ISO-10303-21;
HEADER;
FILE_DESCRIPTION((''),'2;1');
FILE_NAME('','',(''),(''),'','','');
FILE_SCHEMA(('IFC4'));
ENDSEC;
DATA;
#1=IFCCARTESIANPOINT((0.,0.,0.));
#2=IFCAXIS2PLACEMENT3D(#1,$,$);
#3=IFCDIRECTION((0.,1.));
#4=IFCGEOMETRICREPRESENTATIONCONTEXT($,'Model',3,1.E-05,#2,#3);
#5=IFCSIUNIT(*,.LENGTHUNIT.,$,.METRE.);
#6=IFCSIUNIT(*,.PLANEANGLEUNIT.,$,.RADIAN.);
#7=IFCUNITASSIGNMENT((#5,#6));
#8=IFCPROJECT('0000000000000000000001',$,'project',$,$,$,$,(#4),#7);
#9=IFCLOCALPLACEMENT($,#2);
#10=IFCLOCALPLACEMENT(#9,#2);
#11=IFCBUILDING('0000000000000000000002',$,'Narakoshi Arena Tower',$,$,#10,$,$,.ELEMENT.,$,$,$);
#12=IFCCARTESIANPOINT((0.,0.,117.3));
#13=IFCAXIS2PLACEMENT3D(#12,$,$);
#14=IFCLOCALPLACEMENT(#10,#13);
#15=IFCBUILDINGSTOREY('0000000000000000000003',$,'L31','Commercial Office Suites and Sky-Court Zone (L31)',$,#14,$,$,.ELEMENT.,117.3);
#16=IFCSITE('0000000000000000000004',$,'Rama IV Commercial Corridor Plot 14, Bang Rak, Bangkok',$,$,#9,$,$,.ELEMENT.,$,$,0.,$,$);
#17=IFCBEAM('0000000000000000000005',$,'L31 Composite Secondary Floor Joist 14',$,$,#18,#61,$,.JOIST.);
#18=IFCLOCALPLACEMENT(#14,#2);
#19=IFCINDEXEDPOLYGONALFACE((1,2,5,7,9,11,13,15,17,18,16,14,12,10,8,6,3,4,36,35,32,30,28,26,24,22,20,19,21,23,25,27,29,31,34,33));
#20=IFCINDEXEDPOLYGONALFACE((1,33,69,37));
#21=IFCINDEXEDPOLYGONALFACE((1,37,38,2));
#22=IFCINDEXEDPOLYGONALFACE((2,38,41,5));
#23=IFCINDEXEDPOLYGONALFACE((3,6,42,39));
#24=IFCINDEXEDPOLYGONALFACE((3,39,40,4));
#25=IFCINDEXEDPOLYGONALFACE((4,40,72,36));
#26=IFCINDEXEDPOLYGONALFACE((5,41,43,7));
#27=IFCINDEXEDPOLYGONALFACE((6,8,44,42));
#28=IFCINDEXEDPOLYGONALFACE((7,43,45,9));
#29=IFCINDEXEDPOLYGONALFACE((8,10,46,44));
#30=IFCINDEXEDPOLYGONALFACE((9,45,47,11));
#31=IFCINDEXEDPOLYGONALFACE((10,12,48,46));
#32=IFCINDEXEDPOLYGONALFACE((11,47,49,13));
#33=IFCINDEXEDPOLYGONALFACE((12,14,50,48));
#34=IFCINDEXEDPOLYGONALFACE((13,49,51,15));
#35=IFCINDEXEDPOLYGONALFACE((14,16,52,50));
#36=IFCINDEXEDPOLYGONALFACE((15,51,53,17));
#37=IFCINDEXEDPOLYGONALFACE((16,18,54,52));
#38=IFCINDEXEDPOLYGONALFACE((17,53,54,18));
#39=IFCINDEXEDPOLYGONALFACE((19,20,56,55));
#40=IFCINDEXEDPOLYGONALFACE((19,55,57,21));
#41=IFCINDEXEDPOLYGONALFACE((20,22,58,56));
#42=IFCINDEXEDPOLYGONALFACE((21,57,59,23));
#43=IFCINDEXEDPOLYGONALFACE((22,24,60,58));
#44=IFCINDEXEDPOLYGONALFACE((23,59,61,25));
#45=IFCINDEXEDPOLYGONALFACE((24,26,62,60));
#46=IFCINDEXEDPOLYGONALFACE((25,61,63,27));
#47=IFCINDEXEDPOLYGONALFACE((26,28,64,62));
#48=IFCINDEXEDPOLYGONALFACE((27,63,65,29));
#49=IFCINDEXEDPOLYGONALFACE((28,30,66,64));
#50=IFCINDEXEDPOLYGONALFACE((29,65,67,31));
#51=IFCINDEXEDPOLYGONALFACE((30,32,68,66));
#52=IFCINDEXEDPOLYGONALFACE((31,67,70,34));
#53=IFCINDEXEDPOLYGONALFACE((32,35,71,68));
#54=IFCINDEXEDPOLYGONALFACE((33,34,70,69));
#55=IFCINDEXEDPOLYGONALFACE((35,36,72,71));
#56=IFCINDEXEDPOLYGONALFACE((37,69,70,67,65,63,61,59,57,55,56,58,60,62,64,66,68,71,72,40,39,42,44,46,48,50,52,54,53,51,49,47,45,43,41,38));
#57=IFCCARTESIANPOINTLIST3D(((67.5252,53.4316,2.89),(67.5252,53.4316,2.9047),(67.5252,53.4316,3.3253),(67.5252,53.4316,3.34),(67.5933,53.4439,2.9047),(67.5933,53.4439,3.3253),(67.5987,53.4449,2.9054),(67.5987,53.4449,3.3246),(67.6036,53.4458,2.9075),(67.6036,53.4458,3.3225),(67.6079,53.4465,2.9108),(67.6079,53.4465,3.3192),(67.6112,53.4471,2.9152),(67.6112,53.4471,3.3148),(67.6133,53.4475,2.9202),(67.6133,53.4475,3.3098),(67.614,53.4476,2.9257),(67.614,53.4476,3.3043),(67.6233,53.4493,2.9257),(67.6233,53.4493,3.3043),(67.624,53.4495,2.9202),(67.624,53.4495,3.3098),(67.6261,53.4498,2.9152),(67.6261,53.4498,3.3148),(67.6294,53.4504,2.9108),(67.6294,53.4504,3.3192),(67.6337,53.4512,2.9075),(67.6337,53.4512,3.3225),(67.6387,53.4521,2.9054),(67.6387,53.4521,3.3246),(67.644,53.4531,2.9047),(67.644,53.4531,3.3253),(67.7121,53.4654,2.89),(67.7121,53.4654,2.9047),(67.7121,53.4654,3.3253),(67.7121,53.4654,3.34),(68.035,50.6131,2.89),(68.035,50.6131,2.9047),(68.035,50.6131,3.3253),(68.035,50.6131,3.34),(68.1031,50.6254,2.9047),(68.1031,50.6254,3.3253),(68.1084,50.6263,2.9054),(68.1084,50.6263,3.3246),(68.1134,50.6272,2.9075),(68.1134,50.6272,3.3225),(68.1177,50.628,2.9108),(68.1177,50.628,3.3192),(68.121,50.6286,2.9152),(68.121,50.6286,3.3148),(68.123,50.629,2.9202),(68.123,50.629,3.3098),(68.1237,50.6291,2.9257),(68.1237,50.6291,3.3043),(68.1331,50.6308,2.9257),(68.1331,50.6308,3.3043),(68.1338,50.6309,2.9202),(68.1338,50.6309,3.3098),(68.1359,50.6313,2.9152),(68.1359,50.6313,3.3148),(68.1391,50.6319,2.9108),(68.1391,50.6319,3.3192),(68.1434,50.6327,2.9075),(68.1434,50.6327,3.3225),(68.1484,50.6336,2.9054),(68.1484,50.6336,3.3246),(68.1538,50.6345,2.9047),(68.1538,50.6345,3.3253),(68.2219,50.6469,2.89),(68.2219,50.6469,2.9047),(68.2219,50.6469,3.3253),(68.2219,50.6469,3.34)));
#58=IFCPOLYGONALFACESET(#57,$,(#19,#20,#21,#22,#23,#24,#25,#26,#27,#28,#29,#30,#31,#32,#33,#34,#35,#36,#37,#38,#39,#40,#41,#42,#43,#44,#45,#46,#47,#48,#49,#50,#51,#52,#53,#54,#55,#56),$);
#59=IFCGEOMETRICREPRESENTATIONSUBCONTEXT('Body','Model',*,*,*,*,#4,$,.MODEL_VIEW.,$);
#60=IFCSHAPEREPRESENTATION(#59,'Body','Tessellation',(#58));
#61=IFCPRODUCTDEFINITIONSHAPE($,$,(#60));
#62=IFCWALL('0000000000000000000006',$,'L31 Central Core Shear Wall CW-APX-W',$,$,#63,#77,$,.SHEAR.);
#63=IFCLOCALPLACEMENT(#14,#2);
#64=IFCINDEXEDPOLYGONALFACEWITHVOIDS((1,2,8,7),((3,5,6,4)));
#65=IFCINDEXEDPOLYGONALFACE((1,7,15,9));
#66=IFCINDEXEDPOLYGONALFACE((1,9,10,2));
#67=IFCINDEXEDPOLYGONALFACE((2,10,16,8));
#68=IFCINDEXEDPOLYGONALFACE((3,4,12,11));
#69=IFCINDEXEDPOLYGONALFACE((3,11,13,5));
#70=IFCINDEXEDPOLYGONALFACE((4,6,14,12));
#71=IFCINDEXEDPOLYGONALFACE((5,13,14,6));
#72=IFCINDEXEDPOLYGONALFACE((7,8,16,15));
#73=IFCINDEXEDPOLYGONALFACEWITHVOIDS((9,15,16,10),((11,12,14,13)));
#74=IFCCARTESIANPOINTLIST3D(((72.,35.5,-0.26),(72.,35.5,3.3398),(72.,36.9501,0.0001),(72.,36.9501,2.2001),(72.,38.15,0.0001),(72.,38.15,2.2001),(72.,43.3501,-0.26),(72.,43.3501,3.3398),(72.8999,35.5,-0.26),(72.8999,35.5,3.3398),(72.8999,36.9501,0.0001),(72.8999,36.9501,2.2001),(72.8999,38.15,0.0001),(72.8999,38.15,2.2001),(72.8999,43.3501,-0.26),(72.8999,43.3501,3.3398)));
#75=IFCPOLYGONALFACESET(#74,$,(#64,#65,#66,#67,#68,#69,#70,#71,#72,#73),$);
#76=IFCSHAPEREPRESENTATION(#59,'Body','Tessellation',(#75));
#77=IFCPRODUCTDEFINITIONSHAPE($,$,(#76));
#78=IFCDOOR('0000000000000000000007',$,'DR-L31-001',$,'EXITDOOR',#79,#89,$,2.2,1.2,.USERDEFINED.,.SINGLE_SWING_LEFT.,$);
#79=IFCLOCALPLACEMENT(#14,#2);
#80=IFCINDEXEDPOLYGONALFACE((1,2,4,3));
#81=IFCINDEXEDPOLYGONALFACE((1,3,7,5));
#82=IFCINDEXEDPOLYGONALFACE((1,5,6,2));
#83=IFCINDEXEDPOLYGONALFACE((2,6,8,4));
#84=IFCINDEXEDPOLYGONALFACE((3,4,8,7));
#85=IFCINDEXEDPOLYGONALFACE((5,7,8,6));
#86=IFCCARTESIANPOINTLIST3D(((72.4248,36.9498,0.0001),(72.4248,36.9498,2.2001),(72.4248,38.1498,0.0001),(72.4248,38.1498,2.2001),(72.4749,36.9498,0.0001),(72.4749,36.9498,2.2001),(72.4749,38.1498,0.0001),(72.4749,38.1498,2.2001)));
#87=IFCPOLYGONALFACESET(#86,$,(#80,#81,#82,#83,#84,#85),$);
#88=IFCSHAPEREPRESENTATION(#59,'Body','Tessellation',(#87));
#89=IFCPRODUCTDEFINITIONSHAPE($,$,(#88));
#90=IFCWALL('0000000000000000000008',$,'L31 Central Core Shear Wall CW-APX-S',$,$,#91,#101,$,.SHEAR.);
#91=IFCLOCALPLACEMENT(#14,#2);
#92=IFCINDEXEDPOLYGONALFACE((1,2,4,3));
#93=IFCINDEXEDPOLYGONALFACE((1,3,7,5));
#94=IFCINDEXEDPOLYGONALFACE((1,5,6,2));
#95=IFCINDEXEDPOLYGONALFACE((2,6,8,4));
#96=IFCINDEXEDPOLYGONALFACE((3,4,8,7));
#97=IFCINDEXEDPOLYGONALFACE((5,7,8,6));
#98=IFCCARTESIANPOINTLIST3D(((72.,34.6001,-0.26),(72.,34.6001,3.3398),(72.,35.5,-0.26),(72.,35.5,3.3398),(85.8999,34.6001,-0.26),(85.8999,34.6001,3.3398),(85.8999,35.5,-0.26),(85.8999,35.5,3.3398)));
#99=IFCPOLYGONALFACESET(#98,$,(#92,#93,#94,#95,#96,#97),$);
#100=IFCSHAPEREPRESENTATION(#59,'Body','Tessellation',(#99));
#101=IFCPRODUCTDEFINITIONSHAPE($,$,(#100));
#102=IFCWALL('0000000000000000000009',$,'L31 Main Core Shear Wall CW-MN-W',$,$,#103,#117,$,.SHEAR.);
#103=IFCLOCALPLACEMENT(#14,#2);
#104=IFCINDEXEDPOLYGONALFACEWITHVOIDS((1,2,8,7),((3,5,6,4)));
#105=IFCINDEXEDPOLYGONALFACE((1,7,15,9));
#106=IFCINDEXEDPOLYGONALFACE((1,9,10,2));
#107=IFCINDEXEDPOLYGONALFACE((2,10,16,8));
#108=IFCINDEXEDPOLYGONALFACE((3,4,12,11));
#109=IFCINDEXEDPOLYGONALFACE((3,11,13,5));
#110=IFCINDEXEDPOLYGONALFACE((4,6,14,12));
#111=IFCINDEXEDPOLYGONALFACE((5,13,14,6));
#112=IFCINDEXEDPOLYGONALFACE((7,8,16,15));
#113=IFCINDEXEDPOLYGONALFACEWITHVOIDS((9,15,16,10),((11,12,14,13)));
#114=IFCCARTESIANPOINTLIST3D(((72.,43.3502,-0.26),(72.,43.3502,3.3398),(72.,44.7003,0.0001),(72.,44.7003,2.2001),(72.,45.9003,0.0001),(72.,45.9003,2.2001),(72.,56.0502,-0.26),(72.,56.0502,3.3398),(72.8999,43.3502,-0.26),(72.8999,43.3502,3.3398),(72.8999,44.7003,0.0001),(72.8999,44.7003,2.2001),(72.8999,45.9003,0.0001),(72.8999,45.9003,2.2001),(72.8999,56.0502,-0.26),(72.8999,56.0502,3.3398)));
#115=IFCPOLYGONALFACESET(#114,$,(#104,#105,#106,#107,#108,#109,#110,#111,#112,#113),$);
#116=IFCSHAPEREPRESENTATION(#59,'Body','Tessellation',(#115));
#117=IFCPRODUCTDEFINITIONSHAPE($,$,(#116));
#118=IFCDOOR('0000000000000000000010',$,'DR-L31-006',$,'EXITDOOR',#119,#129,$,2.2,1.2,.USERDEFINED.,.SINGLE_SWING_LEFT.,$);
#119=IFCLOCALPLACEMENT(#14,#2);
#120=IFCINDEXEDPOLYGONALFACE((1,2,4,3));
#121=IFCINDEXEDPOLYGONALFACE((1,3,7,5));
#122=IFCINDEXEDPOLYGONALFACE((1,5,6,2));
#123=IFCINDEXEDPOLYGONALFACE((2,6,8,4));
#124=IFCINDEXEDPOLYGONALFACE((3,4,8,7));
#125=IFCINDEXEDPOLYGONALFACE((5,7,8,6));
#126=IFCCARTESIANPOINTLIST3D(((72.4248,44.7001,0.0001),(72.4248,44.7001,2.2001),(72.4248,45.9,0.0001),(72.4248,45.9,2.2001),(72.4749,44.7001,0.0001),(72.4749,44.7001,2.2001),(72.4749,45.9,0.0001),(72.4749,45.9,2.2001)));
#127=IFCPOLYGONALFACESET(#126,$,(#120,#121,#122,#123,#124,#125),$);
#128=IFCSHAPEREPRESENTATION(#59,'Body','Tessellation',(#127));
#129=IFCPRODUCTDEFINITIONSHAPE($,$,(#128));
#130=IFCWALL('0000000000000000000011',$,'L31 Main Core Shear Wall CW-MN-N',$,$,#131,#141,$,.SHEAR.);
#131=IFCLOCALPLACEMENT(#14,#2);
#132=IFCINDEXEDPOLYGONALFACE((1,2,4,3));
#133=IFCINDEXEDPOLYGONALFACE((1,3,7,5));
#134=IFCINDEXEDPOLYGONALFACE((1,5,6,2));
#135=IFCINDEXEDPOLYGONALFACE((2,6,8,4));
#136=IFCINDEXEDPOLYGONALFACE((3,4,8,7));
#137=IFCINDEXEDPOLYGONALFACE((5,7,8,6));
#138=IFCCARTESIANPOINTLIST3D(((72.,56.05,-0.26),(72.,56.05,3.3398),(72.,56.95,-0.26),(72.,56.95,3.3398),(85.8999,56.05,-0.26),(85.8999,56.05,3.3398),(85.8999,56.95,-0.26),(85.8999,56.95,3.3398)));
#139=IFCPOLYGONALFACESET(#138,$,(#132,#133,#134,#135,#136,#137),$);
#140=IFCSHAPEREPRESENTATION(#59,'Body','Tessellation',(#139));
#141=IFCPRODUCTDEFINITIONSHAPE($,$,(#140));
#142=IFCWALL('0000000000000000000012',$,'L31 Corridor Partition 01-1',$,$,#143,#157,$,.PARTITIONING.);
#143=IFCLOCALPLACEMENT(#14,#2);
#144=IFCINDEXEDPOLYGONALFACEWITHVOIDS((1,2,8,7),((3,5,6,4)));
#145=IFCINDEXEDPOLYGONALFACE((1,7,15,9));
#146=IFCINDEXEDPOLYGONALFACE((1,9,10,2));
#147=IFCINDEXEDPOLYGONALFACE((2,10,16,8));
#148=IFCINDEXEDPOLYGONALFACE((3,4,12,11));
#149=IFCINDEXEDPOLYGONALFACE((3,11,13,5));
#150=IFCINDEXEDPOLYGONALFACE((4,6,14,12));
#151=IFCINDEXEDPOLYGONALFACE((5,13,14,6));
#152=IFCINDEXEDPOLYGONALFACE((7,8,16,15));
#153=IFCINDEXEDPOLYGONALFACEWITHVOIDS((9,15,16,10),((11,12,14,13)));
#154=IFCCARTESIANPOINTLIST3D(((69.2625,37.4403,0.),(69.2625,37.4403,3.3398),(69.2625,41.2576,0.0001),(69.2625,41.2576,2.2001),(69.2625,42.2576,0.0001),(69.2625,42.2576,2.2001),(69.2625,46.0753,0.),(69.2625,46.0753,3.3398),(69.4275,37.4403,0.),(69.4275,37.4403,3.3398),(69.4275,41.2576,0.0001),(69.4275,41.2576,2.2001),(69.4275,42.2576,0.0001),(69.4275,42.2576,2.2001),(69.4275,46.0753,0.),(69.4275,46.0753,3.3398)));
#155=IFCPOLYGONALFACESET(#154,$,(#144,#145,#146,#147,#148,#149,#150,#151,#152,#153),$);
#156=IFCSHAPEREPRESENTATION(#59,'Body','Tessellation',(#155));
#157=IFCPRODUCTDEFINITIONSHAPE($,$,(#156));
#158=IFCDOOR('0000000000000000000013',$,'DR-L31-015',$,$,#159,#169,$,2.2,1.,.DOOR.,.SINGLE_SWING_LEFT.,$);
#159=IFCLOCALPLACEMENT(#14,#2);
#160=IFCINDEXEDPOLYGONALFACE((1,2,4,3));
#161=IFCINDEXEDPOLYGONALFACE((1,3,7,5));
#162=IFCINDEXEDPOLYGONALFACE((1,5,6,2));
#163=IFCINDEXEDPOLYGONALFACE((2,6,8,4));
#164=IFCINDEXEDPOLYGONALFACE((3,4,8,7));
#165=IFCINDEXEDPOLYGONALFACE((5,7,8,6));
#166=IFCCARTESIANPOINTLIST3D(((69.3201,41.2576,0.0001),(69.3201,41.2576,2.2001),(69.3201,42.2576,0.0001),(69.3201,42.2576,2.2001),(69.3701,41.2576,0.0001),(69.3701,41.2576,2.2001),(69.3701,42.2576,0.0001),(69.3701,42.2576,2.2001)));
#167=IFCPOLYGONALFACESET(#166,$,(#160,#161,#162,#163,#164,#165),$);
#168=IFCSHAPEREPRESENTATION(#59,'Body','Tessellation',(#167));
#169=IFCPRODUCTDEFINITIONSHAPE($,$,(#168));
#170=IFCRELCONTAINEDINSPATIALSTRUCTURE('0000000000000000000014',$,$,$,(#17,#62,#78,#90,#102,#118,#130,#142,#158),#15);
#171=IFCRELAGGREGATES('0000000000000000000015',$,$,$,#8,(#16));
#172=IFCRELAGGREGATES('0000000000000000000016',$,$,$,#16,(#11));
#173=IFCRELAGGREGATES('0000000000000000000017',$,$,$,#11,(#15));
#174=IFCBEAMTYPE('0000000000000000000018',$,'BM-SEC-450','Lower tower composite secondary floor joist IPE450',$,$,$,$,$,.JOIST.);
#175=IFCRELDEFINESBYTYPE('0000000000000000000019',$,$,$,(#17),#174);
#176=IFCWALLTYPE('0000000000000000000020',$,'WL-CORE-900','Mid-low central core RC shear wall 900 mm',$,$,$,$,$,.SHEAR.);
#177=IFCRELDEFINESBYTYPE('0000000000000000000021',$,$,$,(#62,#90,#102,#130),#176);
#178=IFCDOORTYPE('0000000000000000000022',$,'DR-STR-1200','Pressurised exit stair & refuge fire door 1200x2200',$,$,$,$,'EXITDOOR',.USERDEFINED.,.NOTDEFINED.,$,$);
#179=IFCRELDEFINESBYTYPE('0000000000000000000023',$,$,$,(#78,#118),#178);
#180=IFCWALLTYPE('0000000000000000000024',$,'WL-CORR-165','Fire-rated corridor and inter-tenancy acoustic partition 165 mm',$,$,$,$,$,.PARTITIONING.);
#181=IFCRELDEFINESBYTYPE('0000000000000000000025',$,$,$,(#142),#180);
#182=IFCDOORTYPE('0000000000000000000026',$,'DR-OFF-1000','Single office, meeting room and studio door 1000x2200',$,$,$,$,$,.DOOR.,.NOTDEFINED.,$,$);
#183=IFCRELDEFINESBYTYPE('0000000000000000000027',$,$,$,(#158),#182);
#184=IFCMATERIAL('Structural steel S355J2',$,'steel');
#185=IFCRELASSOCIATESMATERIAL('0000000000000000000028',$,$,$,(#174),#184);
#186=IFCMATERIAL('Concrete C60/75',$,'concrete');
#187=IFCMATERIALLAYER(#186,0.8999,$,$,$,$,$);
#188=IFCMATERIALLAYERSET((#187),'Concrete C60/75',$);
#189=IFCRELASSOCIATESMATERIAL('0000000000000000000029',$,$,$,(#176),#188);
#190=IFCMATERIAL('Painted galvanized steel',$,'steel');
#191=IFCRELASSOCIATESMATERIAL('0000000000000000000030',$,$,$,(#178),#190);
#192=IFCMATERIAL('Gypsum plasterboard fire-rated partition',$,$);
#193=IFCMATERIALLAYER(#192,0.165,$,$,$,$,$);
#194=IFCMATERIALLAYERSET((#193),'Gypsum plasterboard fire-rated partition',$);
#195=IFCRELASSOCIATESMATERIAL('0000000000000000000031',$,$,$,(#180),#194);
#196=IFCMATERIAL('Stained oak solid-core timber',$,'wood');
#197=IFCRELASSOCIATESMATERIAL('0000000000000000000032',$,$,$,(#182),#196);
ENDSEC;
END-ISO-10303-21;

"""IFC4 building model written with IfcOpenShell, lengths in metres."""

from ifc_helpers import new_model, si_unit, direction, frame, frame_2d, origin, origin_2d, place, context, subcontext, project, spatial, rectangle, i_section, extrude, material, layer, layer_set, material_profile, profile_set, type_object, element, fill, save


model = new_model("IFC4")

# Units and contexts
model_context = context("Model", 3, precision=1e-05, world=origin(), true_north=direction((0.0, 1.0)))
body_context = subcontext(model_context, "Body", "Model", "MODEL_VIEW")
ifc_project = project(units=[si_unit("LENGTHUNIT", "METRE"), si_unit("PLANEANGLEUNIT", "RADIAN")], contexts=[model_context])

# Site, building, storey
site_placement = place(None, origin())
site = spatial("IfcSite", under=ifc_project, at=site_placement, Name="Rama IV Commercial Corridor Plot 14, Bang Rak, Bangkok", CompositionType="ELEMENT", RefElevation=0.0)
building_placement = place(site_placement, origin())
building = spatial("IfcBuilding", under=site, at=building_placement, Name="Narakoshi Arena Tower", CompositionType="ELEMENT")
storey_placement = place(building_placement, frame((0.0, 0.0, 117.3)))
storey = spatial("IfcBuildingStorey", under=building, at=storey_placement, Name="L31", Description="Commercial Office Suites and Sky-Court Zone (L31)", CompositionType="ELEMENT", Elevation=117.3)

# Shared definitions
ifc_material_1 = material(Name="Concrete C60/75", Category="concrete")

# Beam
ifc_material_2 = material(Name="Structural steel S355J2", Category="steel")
ifc_material_profile_1 = material_profile(ifc_material_2, i_section(OverallWidth=0.1899, OverallDepth=0.45, WebThickness=0.0095, FlangeThickness=0.0146, FilletRadius=0.021, at=origin_2d()), Name="IPE450")
ifc_profile_set_1 = profile_set([ifc_material_profile_1], Name="Structural steel S355J2")
beam_type_1 = type_object("IfcBeamType", Name="BM-SEC-450", Description="Lower tower composite secondary floor joist IPE450", PredefinedType="JOIST", material=ifc_profile_set_1)
beam_1_placement = place(storey_placement, frame((67.6187, 53.4485, 3.115), z_axis=(0.17797, -0.984036, 0.0), x_axis=(0.984036, 0.17797, 0.0)))
element("IfcBeam", 1, at=beam_1_placement, inside=storey, type_object=beam_type_1, Name="L31 Composite Secondary Floor Joist 14", PredefinedType="JOIST", context=body_context, shape_type="SweptSolid", body=[
    extrude(i_section(OverallWidth=0.1899, OverallDepth=0.45, WebThickness=0.0095, FlangeThickness=0.0146, FilletRadius=0.021, at=origin_2d()), origin(), (0.0, 0.0, 1.0), 2.8643),
])

# Wall, opening, door
ifc_layer_1 = layer(ifc_material_1, 0.8999)
ifc_layer_set_1 = layer_set([ifc_layer_1], Name="Concrete C60/75")
wall_type_1 = type_object("IfcWallType", Name="WL-CORE-900", Description="Mid-low central core RC shear wall 900 mm", PredefinedType="SHEAR", material=ifc_layer_set_1)
wall_1_placement = place(storey_placement, frame((72.45, 35.5, -0.26), z_axis=(0.0, 0.0, 1.0), x_axis=(0.0, 1.0, 0.0)))
wall_1 = element("IfcWall", 2, at=wall_1_placement, inside=storey, type_object=wall_type_1, Name="L31 Central Core Shear Wall CW-APX-W", PredefinedType="SHEAR", context=body_context, shape_type="SweptSolid", body=[
    extrude(rectangle(XDim=7.8501, YDim=0.8999, at=frame_2d((3.925, 0.0))), origin(), (0.0, 0.0, 1.0), 3.5999),
])
opening_1_placement = place(wall_1_placement, frame((1.45, 0.0, 0.26)))
opening_1 = element("IfcOpeningElement", 3, at=opening_1_placement, cuts=wall_1, PredefinedType="OPENING", context=body_context, shape_type="SweptSolid", body=[
    extrude(rectangle(XDim=1.2, YDim=2.2, at=frame_2d((0.6001, 1.1001))), frame((0.0, 0.46, 0.0), z_axis=(0.0, -1.0, 0.0), x_axis=(1.0, 0.0, 0.0)), (0.0, 0.0, 1.0), 0.9199),
])
ifc_material_3 = material(Name="Painted galvanized steel", Category="steel")
door_type_1 = type_object("IfcDoorType", Name="DR-STR-1200", Description="Pressurised exit stair & refuge fire door 1200x2200", ElementType="EXITDOOR", OperationType="NOTDEFINED", PredefinedType="USERDEFINED", material=ifc_material_3)
door_1_placement = place(opening_1_placement, frame((1.2, 0.0, 0.0), z_axis=(0.0, 0.0, 1.0), x_axis=(-1.0, 0.0, 0.0)))
door_1 = element("IfcDoor", 4, at=door_1_placement, inside=storey, type_object=door_type_1, Name="DR-L31-001", ObjectType="EXITDOOR", OperationType="SINGLE_SWING_LEFT", OverallHeight=2.2, OverallWidth=1.2, PredefinedType="USERDEFINED", context=body_context, shape_type="SweptSolid", body=[
    extrude(rectangle(XDim=1.2, YDim=2.2, at=frame_2d((0.6001, 1.1001))), frame((0.0, 0.0249, 0.0), z_axis=(0.0, -1.0, 0.0), x_axis=(1.0, 0.0, 0.0)), (0.0, 0.0, 1.0), 0.05),
])
fill(opening_1, door_1)

# Wall
wall_2_placement = place(storey_placement, frame((72.0, 35.05, -0.26), z_axis=(0.0, 0.0, 1.0), x_axis=(1.0, 0.0, 0.0)))
element("IfcWall", 5, at=wall_2_placement, inside=storey, type_object=wall_type_1, Name="L31 Central Core Shear Wall CW-APX-S", PredefinedType="SHEAR", context=body_context, shape_type="SweptSolid", body=[
    extrude(rectangle(XDim=13.8999, YDim=0.8999, at=frame_2d((6.95, 0.0))), origin(), (0.0, 0.0, 1.0), 3.5999),
])

# Wall, opening, door
wall_3_placement = place(storey_placement, frame((72.45, 43.3501, -0.26), z_axis=(0.0, 0.0, 1.0), x_axis=(0.0, 1.0, 0.0)))
wall_3 = element("IfcWall", 6, at=wall_3_placement, inside=storey, type_object=wall_type_1, Name="L31 Main Core Shear Wall CW-MN-W", PredefinedType="SHEAR", context=body_context, shape_type="SweptSolid", body=[
    extrude(rectangle(XDim=12.7, YDim=0.8999, at=frame_2d((6.3501, 0.0))), origin(), (0.0, 0.0, 1.0), 3.5999),
])
opening_2_placement = place(wall_3_placement, frame((1.3501, 0.0, 0.26)))
opening_2 = element("IfcOpeningElement", 7, at=opening_2_placement, cuts=wall_3, PredefinedType="OPENING", context=body_context, shape_type="SweptSolid", body=[
    extrude(rectangle(XDim=1.2, YDim=2.2, at=frame_2d((0.6001, 1.1001))), frame((0.0, 0.46, 0.0), z_axis=(0.0, -1.0, 0.0), x_axis=(1.0, 0.0, 0.0)), (0.0, 0.0, 1.0), 0.9199),
])
door_2_placement = place(opening_2_placement, frame((1.2, 0.0, 0.0), z_axis=(0.0, 0.0, 1.0), x_axis=(-1.0, 0.0, 0.0)))
door_2 = element("IfcDoor", 8, at=door_2_placement, inside=storey, type_object=door_type_1, Name="DR-L31-006", ObjectType="EXITDOOR", OperationType="SINGLE_SWING_LEFT", OverallHeight=2.2, OverallWidth=1.2, PredefinedType="USERDEFINED", context=body_context, shape_type="SweptSolid", body=[
    extrude(rectangle(XDim=1.2, YDim=2.2, at=frame_2d((0.6001, 1.1001))), frame((0.0, 0.0249, 0.0), z_axis=(0.0, -1.0, 0.0), x_axis=(1.0, 0.0, 0.0)), (0.0, 0.0, 1.0), 0.05),
])
fill(opening_2, door_2)

# Wall
wall_4_placement = place(storey_placement, frame((72.0, 56.5, -0.26), z_axis=(0.0, 0.0, 1.0), x_axis=(1.0, 0.0, 0.0)))
element("IfcWall", 9, at=wall_4_placement, inside=storey, type_object=wall_type_1, Name="L31 Main Core Shear Wall CW-MN-N", PredefinedType="SHEAR", context=body_context, shape_type="SweptSolid", body=[
    extrude(rectangle(XDim=13.8999, YDim=0.8999, at=frame_2d((6.95, 0.0))), origin(), (0.0, 0.0, 1.0), 3.5999),
])

# Wall, opening, door
ifc_material_4 = material(Name="Gypsum plasterboard fire-rated partition")
ifc_layer_2 = layer(ifc_material_4, 0.165)
ifc_layer_set_2 = layer_set([ifc_layer_2], Name="Gypsum plasterboard fire-rated partition")
wall_type_2 = type_object("IfcWallType", Name="WL-CORR-165", Description="Fire-rated corridor and inter-tenancy acoustic partition 165 mm", PredefinedType="PARTITIONING", material=ifc_layer_set_2)
wall_5_placement = place(storey_placement, frame((69.345, 46.0752, 0.0), z_axis=(0.0, 0.0, 1.0), x_axis=(0.0, -1.0, 0.0)))
wall_5 = element("IfcWall", 10, at=wall_5_placement, inside=storey, type_object=wall_type_2, Name="L31 Corridor Partition 01-1", PredefinedType="PARTITIONING", context=body_context, shape_type="SweptSolid", body=[
    extrude(rectangle(XDim=8.635, YDim=0.165, at=frame_2d((4.3174, 0.0))), origin(), (0.0, 0.0, 1.0), 3.3398),
])
opening_3_placement = place(wall_5_placement, frame((3.8176, 0.0, 0.0)))
opening_3 = element("IfcOpeningElement", 11, at=opening_3_placement, cuts=wall_5, PredefinedType="OPENING", context=body_context, shape_type="SweptSolid", body=[
    extrude(rectangle(XDim=1.0, YDim=2.2, at=frame_2d((0.5, 1.1001))), frame((0.0, 0.0925, 0.0), z_axis=(0.0, -1.0, 0.0), x_axis=(1.0, 0.0, 0.0)), (0.0, 0.0, 1.0), 0.1851),
])
ifc_material_5 = material(Name="Stained oak solid-core timber", Category="wood")
door_type_2 = type_object("IfcDoorType", Name="DR-OFF-1000", Description="Single office, meeting room and studio door 1000x2200", OperationType="NOTDEFINED", PredefinedType="DOOR", material=ifc_material_5)
door_3_placement = place(opening_3_placement, frame((1.0, 0.0, 0.0), z_axis=(0.0, 0.0, 1.0), x_axis=(-1.0, 0.0, 0.0)))
door_3 = element("IfcDoor", 12, at=door_3_placement, inside=storey, type_object=door_type_2, Name="DR-L31-015", OperationType="SINGLE_SWING_LEFT", OverallHeight=2.2, OverallWidth=1.0, PredefinedType="DOOR", context=body_context, shape_type="SweptSolid", body=[
    extrude(rectangle(XDim=1.0, YDim=2.2, at=frame_2d((0.5, 1.1001))), frame((0.0, 0.0249, 0.0), z_axis=(0.0, -1.0, 0.0), x_axis=(1.0, 0.0, 0.0)), (0.0, 0.0, 1.0), 0.05),
])
fill(opening_3, door_3)

save(model, "model.ifc")
